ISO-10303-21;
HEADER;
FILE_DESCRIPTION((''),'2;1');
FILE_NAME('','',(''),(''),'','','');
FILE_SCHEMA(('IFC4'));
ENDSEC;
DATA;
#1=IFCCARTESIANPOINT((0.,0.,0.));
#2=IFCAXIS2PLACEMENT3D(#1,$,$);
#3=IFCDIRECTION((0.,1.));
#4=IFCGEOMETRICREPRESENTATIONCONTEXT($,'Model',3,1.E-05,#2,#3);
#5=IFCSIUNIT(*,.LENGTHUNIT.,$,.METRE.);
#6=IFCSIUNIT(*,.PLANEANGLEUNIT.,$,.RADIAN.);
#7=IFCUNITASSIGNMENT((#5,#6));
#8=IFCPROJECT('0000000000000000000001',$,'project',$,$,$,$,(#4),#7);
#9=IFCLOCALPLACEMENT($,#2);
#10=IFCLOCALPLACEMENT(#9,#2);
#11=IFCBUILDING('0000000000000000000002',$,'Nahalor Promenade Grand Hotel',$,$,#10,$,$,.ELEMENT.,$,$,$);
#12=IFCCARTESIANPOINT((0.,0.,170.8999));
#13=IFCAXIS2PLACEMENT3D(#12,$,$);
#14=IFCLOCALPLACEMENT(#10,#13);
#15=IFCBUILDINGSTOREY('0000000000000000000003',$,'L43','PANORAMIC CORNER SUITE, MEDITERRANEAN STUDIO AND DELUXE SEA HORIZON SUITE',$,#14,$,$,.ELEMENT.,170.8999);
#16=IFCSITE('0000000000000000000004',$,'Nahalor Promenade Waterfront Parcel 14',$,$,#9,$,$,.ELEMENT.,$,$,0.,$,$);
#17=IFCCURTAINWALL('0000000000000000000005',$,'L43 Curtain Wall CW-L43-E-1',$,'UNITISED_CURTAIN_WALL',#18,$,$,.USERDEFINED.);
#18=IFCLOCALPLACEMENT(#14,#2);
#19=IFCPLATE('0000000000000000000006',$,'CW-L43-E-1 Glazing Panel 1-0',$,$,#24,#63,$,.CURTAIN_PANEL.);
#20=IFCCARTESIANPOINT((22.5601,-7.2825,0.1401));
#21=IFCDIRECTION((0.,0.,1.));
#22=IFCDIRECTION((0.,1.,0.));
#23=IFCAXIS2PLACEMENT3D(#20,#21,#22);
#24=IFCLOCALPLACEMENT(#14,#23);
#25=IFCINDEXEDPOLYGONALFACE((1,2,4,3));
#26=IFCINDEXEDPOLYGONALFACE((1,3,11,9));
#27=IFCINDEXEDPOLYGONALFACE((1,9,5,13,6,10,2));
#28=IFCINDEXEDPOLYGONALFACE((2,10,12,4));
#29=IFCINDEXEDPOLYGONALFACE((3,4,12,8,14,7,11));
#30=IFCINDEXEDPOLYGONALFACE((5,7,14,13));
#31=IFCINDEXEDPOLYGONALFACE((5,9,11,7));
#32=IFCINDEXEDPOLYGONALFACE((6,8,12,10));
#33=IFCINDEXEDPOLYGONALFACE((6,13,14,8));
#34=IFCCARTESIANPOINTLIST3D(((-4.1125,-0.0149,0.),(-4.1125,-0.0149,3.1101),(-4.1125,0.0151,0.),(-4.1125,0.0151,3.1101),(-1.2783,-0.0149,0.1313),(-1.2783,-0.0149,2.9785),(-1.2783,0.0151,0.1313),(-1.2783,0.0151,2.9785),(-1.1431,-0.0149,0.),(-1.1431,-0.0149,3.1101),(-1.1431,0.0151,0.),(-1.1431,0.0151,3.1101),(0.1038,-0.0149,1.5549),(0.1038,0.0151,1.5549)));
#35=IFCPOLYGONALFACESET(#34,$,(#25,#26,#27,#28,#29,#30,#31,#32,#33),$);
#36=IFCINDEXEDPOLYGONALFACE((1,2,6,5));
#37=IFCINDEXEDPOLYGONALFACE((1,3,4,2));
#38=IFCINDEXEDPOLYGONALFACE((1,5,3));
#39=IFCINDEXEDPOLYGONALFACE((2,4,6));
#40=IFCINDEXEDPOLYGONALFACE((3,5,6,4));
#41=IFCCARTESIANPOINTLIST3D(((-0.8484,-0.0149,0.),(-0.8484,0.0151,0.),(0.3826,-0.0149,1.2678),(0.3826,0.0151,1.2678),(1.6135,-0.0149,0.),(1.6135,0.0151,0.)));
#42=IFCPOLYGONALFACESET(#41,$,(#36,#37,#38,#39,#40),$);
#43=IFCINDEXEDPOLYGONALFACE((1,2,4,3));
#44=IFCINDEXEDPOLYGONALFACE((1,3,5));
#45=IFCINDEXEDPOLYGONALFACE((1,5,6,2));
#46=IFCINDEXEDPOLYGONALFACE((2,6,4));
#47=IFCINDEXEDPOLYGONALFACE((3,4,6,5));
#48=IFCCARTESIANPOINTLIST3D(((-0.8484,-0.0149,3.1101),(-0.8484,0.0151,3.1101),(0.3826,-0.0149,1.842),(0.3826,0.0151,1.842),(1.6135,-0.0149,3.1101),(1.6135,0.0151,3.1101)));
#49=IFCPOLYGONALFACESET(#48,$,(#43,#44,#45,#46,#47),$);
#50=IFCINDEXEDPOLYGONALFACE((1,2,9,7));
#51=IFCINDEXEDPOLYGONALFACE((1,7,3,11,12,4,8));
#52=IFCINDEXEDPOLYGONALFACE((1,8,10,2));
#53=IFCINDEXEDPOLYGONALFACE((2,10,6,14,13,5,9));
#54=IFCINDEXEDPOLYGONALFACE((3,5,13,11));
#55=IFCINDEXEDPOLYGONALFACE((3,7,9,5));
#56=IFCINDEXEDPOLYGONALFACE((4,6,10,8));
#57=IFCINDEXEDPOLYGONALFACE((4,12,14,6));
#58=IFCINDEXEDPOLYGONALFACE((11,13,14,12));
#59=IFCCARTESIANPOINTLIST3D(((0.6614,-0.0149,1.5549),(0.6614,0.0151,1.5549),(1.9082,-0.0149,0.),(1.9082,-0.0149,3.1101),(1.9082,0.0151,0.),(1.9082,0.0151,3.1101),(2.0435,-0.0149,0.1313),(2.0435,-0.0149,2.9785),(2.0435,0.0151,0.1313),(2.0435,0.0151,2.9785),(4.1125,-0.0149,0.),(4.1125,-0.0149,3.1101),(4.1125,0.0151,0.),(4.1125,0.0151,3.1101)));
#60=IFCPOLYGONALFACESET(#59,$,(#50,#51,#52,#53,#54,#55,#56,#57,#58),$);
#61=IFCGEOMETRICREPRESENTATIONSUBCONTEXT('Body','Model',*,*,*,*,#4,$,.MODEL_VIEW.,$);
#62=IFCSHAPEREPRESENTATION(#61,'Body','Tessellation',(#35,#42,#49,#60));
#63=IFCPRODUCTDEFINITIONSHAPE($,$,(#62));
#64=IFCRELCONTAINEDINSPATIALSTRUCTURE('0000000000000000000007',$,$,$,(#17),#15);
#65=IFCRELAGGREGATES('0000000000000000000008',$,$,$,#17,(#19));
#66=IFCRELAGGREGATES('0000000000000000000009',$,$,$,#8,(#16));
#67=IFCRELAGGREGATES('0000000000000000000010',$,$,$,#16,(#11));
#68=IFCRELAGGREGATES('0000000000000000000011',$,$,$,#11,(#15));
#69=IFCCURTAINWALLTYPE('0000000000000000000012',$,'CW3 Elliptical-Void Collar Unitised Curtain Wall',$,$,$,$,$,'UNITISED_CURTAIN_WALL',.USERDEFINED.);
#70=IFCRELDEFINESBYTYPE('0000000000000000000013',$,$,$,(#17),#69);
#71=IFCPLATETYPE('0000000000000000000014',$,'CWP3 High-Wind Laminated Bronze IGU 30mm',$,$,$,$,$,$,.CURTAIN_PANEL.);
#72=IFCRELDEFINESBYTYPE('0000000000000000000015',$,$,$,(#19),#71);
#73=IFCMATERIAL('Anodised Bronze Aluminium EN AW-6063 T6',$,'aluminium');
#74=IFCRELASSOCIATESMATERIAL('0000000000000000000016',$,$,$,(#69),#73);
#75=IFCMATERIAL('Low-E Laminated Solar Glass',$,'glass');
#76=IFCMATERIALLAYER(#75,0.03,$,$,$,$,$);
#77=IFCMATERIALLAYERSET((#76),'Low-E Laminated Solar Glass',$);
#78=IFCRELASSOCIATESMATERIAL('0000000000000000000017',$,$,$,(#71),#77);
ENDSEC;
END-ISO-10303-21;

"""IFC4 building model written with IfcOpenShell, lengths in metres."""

from ifc_helpers import new_model, si_unit, direction, frame, origin, place, context, subcontext, project, spatial, polyline, outline, extrude, material, layer, layer_set, type_object, element, aggregate, save


model = new_model("IFC4")

# Units and contexts
model_context = context("Model", 3, precision=1e-05, world=origin(), true_north=direction((0.0, 1.0)))
body_context = subcontext(model_context, "Body", "Model", "MODEL_VIEW")
ifc_project = project(units=[si_unit("LENGTHUNIT", "METRE"), si_unit("PLANEANGLEUNIT", "RADIAN")], contexts=[model_context])

# Site, building, storey
site_placement = place(None, origin())
site = spatial("IfcSite", under=ifc_project, at=site_placement, Name="Nahalor Promenade Waterfront Parcel 14", CompositionType="ELEMENT", RefElevation=0.0)
building_placement = place(site_placement, origin())
building = spatial("IfcBuilding", under=site, at=building_placement, Name="Nahalor Promenade Grand Hotel", CompositionType="ELEMENT")
storey_placement = place(building_placement, frame((0.0, 0.0, 170.8999)))
storey = spatial("IfcBuildingStorey", under=building, at=storey_placement, Name="L43", Description="PANORAMIC CORNER SUITE, MEDITERRANEAN STUDIO AND DELUXE SEA HORIZON SUITE", CompositionType="ELEMENT", Elevation=170.8999)

# Curtain wall
ifc_material_1 = material(Name="Anodised Bronze Aluminium EN AW-6063 T6", Category="aluminium")
curtain_wall_type = type_object("IfcCurtainWallType", Name="CW3 Elliptical-Void Collar Unitised Curtain Wall", ElementType="UNITISED_CURTAIN_WALL", PredefinedType="USERDEFINED", material=ifc_material_1)
curtain_wall_1_placement = place(storey_placement, origin())
curtain_wall_1 = element("IfcCurtainWall", 1, at=curtain_wall_1_placement, inside=storey, type_object=curtain_wall_type, Name="L43 Curtain Wall CW-L43-E-1", ObjectType="UNITISED_CURTAIN_WALL", PredefinedType="USERDEFINED")

# Plate
ifc_material_2 = material(Name="Low-E Laminated Solar Glass", Category="glass")
ifc_layer_1 = layer(ifc_material_2, 0.03)
ifc_layer_set_1 = layer_set([ifc_layer_1], Name="Low-E Laminated Solar Glass")
plate_type_1 = type_object("IfcPlateType", Name="CWP3 High-Wind Laminated Bronze IGU 30mm", PredefinedType="CURTAIN_PANEL", material=ifc_layer_set_1)
plate_1_placement = place(storey_placement, frame((22.5601, -7.2825, 0.1401), z_axis=(0.0, 0.0, 1.0), x_axis=(0.0, 1.0, 0.0)))
plate_1 = element("IfcPlate", 2, at=plate_1_placement, type_object=plate_type_1, Name="CW-L43-E-1 Glazing Panel 1-0", PredefinedType="CURTAIN_PANEL", context=body_context, shape_type="SweptSolid", body=[
    extrude(outline(polyline([(-4.1125, 3.1101), (-4.1125, 0.0), (-1.1431, 0.0), (-1.2783, 0.1313), (0.1038, 1.5549), (-1.2783, 2.9785), (-1.1431, 3.1101), (-4.1125, 3.1101)])), frame((0.0, 0.0151, 0.0), z_axis=(0.0, -1.0, 0.0), x_axis=(1.0, 0.0, 0.0)), (0.0, 0.0, 1.0), 0.03),
    extrude(outline(polyline([(0.3826, 1.2678), (-0.8484, 0.0), (1.6135, 0.0), (0.3826, 1.2678)])), frame((0.0, 0.0151, 0.0), z_axis=(0.0, -1.0, 0.0), x_axis=(1.0, 0.0, 0.0)), (0.0, 0.0, 1.0), 0.03),
    extrude(outline(polyline([(0.3826, 1.842), (1.6135, 3.1101), (-0.8484, 3.1101), (0.3826, 1.842)])), frame((0.0, 0.0151, 0.0), z_axis=(0.0, -1.0, 0.0), x_axis=(1.0, 0.0, 0.0)), (0.0, 0.0, 1.0), 0.03),
    extrude(outline(polyline([(4.1125, 0.0), (4.1125, 3.1101), (1.9082, 3.1101), (2.0435, 2.9785), (0.6614, 1.5549), (2.0435, 0.1313), (1.9082, 0.0), (4.1125, 0.0)])), frame((0.0, 0.0151, 0.0), z_axis=(0.0, -1.0, 0.0), x_axis=(1.0, 0.0, 0.0)), (0.0, 0.0, 1.0), 0.03),
])
aggregate(curtain_wall_1, [plate_1])

save(model, "model.ifc")
